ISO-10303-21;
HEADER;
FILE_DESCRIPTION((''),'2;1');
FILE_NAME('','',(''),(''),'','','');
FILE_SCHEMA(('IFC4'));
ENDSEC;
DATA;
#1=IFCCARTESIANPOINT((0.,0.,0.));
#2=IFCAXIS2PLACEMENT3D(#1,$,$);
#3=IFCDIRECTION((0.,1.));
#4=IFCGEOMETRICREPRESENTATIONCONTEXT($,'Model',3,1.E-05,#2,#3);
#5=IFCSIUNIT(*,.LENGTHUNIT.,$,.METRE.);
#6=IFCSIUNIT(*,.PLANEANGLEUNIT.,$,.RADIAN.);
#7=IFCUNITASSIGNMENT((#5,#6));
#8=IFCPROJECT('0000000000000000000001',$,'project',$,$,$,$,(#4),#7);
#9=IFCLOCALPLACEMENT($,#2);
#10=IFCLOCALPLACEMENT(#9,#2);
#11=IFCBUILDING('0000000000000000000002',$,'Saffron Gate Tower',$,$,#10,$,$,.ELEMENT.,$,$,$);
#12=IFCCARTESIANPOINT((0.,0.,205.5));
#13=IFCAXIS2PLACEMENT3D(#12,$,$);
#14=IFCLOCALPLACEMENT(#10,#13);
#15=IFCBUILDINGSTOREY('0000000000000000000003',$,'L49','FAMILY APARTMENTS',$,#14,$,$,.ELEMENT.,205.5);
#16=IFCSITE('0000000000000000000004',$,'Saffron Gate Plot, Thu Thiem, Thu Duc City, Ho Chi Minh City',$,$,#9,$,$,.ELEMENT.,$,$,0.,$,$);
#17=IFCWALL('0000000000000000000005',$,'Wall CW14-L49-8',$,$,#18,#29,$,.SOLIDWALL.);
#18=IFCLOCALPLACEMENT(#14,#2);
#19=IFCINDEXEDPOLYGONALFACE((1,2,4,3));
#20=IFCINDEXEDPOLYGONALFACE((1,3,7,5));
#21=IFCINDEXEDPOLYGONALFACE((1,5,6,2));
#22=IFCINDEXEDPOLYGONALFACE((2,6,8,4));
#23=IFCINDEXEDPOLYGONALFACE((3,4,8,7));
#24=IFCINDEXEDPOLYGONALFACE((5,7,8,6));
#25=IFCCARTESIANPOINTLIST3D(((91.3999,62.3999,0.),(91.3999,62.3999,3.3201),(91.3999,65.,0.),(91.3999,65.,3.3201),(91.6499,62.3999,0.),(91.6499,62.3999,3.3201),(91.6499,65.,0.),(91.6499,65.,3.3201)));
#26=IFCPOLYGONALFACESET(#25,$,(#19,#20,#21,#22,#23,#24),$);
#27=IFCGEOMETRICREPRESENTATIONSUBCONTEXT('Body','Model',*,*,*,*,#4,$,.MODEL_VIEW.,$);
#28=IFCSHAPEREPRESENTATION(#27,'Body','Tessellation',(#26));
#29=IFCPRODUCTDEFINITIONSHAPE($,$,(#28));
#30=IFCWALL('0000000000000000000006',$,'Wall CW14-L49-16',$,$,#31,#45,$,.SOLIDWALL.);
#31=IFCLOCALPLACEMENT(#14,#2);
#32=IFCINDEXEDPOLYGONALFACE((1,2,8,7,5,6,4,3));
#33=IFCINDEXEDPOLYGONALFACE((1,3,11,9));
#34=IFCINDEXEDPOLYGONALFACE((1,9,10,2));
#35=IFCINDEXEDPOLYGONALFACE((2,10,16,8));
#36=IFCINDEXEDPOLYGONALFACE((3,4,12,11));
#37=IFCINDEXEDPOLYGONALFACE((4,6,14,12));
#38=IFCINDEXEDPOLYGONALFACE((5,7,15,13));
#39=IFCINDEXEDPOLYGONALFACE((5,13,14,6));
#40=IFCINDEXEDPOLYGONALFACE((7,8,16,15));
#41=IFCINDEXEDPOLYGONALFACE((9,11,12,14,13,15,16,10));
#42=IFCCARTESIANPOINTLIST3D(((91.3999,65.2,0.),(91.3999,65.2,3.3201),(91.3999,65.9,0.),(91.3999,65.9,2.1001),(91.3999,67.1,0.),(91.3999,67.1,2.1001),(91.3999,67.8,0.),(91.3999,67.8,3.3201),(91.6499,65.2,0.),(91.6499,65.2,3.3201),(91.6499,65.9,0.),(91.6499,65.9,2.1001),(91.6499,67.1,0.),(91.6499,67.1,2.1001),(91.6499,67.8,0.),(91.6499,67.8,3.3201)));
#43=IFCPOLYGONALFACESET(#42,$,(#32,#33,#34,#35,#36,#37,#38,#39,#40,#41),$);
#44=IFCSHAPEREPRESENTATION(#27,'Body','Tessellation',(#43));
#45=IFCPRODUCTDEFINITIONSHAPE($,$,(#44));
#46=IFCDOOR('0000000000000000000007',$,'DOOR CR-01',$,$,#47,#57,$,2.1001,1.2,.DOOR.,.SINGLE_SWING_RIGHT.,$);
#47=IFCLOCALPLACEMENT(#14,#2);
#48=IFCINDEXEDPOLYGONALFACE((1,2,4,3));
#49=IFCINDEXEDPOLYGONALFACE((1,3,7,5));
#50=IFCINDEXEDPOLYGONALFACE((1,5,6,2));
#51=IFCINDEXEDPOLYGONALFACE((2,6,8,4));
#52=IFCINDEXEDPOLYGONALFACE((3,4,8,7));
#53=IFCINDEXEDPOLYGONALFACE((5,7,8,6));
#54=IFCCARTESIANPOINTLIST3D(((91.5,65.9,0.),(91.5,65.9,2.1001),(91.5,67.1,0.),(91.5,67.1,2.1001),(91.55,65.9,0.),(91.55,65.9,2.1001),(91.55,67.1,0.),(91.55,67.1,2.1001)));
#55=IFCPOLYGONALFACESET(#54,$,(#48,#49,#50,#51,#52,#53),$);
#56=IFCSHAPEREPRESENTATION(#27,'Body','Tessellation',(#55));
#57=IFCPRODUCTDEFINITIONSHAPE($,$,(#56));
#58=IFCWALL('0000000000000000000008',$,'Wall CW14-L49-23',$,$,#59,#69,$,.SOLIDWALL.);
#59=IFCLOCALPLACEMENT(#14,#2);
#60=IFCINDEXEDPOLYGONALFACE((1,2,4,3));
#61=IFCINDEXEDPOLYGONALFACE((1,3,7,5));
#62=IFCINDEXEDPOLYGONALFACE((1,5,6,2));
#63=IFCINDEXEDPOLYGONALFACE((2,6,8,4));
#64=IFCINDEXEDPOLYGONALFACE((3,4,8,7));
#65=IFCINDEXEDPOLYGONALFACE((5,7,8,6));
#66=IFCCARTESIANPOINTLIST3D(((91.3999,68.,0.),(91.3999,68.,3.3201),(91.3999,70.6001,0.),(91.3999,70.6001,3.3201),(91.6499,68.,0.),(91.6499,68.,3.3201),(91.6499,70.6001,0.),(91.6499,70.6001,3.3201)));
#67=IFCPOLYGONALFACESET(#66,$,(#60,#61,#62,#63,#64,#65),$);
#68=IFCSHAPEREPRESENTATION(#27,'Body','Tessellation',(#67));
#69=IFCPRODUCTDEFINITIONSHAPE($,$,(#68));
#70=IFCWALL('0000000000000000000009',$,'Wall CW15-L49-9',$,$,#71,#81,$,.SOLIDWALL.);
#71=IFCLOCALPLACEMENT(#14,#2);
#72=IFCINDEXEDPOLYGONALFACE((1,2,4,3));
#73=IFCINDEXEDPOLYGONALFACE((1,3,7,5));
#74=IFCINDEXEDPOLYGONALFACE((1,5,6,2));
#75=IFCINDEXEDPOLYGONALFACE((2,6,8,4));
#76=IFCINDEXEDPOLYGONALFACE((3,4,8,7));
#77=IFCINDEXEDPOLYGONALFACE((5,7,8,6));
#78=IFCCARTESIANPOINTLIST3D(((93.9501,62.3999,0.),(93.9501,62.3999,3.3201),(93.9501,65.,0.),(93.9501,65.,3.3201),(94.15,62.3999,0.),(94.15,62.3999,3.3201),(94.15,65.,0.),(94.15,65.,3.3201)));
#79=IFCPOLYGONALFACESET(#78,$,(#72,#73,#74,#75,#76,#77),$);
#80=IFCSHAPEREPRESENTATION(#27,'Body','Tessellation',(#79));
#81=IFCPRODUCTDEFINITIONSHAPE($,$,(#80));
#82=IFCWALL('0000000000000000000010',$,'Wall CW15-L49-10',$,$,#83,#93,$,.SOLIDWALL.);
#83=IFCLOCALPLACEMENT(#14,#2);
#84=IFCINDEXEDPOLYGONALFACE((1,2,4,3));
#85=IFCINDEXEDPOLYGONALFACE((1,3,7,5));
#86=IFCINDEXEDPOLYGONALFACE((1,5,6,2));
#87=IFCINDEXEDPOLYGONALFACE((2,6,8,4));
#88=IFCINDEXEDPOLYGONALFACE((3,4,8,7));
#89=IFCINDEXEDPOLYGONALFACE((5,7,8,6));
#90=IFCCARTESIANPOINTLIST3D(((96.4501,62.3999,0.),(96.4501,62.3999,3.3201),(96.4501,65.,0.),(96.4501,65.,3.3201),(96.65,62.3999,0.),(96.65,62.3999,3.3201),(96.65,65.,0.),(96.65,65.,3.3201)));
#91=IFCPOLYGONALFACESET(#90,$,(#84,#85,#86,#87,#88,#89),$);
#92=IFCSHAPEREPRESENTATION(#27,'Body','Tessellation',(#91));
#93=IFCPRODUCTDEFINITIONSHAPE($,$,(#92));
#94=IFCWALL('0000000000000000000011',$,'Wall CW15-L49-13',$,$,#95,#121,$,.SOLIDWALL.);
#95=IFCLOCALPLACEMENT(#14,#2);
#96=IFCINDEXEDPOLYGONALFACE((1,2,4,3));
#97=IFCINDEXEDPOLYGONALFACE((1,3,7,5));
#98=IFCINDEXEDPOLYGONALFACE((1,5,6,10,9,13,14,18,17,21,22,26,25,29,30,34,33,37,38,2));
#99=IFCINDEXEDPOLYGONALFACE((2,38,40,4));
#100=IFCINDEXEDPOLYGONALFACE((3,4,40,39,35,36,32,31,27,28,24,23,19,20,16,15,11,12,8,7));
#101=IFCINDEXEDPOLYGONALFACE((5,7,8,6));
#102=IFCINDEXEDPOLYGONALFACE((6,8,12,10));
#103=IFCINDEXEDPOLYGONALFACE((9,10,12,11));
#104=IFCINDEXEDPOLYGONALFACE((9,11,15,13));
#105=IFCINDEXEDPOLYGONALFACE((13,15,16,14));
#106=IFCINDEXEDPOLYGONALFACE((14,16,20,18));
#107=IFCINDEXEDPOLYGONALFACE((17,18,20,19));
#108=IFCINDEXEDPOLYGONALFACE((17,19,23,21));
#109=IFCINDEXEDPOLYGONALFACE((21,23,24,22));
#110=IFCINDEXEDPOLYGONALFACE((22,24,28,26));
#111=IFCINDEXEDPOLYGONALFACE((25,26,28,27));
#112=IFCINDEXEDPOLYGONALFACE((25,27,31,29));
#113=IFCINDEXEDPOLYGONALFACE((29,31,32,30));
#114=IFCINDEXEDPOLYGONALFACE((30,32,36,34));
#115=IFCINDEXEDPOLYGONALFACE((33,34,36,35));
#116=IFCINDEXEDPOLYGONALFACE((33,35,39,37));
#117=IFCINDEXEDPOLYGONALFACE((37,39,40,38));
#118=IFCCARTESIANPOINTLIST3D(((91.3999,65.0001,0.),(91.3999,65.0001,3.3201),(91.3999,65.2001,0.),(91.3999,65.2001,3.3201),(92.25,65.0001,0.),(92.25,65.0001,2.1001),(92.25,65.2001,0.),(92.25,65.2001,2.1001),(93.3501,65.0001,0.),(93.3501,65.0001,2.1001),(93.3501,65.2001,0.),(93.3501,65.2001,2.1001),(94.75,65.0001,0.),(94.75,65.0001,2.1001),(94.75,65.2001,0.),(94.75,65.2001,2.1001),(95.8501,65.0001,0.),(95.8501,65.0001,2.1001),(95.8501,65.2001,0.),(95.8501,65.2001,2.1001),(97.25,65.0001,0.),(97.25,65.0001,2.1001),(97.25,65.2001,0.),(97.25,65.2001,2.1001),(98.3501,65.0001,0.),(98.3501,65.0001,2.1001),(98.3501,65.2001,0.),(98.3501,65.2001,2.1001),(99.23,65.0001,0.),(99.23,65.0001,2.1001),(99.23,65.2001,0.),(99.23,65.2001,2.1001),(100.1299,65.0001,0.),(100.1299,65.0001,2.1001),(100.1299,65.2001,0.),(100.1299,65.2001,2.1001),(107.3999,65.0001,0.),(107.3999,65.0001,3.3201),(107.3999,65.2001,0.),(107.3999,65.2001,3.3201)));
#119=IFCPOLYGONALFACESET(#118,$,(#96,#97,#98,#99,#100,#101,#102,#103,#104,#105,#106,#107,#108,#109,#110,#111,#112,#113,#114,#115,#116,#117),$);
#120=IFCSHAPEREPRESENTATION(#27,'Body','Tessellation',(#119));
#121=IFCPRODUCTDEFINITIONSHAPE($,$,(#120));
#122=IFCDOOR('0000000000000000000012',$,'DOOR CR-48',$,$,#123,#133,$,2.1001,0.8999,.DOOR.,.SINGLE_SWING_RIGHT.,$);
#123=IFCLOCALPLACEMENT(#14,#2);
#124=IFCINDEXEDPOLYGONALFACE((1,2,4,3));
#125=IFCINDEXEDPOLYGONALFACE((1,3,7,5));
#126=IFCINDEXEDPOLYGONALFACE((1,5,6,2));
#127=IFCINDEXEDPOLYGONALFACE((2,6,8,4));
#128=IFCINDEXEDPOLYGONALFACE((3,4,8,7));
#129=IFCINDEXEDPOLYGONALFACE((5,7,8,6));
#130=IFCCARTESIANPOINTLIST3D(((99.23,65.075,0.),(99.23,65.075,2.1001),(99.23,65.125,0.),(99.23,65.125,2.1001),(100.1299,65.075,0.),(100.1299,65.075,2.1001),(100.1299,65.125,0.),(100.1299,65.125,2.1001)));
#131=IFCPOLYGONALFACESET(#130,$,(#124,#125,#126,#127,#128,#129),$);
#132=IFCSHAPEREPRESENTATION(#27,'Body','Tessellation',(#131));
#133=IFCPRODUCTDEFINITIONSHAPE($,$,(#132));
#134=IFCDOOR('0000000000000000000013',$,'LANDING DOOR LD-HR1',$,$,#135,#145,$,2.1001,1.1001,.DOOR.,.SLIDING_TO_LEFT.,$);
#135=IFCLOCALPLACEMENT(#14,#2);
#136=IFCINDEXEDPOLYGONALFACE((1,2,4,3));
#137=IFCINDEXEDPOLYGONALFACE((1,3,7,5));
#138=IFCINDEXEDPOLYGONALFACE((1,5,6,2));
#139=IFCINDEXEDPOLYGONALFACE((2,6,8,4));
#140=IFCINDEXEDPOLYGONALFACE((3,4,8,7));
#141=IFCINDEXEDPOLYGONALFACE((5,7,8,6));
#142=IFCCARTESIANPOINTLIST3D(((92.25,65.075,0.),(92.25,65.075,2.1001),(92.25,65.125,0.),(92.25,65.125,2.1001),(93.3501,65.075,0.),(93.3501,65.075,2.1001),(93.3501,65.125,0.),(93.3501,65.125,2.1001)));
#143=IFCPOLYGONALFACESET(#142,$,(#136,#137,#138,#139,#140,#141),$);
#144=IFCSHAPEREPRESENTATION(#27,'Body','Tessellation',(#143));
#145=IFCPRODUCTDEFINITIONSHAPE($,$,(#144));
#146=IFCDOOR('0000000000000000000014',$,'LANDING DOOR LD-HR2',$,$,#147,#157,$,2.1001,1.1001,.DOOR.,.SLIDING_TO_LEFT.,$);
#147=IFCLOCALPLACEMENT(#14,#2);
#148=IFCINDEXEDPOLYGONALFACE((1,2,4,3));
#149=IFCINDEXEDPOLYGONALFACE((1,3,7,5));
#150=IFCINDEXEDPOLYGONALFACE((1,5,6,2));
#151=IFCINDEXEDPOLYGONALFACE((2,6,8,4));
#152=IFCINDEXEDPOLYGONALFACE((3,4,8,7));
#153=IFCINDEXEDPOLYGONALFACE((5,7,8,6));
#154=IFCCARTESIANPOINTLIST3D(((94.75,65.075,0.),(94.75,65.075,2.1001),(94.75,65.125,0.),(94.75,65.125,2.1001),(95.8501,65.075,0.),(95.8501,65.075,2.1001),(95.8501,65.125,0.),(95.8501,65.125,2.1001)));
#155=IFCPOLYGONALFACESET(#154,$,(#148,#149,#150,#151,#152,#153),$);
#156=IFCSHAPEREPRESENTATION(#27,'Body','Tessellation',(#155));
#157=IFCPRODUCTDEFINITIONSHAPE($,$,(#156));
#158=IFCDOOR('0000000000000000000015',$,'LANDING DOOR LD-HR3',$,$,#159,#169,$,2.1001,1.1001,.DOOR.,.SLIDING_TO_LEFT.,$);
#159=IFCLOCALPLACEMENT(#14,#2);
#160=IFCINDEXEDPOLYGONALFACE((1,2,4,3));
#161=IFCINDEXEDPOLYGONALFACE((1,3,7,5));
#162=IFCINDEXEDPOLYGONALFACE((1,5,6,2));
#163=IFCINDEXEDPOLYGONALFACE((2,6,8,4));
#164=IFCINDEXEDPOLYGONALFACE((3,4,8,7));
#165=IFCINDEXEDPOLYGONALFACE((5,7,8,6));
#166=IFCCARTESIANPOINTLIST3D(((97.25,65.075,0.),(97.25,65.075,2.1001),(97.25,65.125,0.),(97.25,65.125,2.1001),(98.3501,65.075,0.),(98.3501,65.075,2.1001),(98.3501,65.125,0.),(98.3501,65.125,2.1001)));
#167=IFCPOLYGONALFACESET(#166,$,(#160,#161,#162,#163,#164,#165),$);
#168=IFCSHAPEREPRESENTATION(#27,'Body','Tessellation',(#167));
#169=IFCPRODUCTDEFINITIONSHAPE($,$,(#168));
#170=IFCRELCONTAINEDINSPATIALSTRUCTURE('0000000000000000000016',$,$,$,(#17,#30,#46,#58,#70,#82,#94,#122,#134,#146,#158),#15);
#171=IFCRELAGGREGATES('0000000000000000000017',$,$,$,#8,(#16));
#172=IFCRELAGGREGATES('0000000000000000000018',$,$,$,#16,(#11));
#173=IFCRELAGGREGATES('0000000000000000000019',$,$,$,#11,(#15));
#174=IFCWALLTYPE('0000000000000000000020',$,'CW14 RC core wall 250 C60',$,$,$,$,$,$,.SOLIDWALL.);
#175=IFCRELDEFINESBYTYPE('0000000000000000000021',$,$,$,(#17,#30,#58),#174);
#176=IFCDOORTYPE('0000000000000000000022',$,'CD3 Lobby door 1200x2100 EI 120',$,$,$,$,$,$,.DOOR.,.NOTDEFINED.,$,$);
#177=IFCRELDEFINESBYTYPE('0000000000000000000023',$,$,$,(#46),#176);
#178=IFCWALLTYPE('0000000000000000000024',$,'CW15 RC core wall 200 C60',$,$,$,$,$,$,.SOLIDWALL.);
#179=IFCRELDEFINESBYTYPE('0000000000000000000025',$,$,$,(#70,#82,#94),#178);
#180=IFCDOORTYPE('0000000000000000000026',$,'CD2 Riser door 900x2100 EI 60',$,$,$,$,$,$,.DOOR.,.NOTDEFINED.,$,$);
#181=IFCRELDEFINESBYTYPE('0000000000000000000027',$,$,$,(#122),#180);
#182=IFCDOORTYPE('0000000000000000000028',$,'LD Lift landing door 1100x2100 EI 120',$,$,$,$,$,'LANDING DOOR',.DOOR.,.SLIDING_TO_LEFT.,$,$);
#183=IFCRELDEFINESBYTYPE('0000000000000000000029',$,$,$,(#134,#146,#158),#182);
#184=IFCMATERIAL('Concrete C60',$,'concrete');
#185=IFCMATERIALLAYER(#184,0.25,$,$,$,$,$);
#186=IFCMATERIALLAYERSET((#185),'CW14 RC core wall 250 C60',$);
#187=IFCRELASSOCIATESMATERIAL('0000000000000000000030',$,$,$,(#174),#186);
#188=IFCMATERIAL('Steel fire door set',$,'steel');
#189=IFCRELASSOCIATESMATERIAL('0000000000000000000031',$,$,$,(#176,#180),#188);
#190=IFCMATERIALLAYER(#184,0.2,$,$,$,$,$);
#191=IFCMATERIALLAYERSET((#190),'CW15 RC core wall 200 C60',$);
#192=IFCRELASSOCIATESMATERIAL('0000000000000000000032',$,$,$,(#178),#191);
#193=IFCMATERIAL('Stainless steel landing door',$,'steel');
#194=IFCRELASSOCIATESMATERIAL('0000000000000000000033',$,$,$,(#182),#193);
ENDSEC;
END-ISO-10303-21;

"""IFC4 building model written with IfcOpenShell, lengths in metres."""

from ifc_helpers import new_model, si_unit, direction, frame, frame_2d, origin, place, context, subcontext, project, spatial, rectangle, extrude, material, layer, layer_set, type_object, element, fill, save


model = new_model("IFC4")

# Units and contexts
model_context = context("Model", 3, precision=1e-05, world=origin(), true_north=direction((0.0, 1.0)))
body_context = subcontext(model_context, "Body", "Model", "MODEL_VIEW")
ifc_project = project(units=[si_unit("LENGTHUNIT", "METRE"), si_unit("PLANEANGLEUNIT", "RADIAN")], contexts=[model_context])

# Site, building, storey
site_placement = place(None, origin())
site = spatial("IfcSite", under=ifc_project, at=site_placement, Name="Saffron Gate Plot, Thu Thiem, Thu Duc City, Ho Chi Minh City", CompositionType="ELEMENT", RefElevation=0.0)
building_placement = place(site_placement, origin())
building = spatial("IfcBuilding", under=site, at=building_placement, Name="Saffron Gate Tower", CompositionType="ELEMENT")
storey_placement = place(building_placement, frame((0.0, 0.0, 205.5)))
storey = spatial("IfcBuildingStorey", under=building, at=storey_placement, Name="L49", Description="FAMILY APARTMENTS", CompositionType="ELEMENT", Elevation=205.5)

# Wall
ifc_material_1 = material(Name="Concrete C60", Category="concrete")
ifc_layer_1 = layer(ifc_material_1, 0.25)
ifc_layer_set_1 = layer_set([ifc_layer_1], Name="CW14 RC core wall 250 C60")
wall_type_1 = type_object("IfcWallType", Name="CW14 RC core wall 250 C60", PredefinedType="SOLIDWALL", material=ifc_layer_set_1)
wall_1_placement = place(storey_placement, frame((91.5249, 62.3999, 0.0), z_axis=(0.0, 0.0, 1.0), x_axis=(0.0, 1.0, 0.0)))
element("IfcWall", 1, at=wall_1_placement, inside=storey, type_object=wall_type_1, Name="Wall CW14-L49-8", PredefinedType="SOLIDWALL", context=body_context, shape_type="SweptSolid", body=[
    extrude(rectangle(XDim=2.6001, YDim=0.25, at=frame_2d((1.3, 0.0))), origin(), (0.0, 0.0, 1.0), 3.3201),
])

# Wall, opening, door
wall_2_placement = place(storey_placement, frame((91.5249, 65.2, 0.0), z_axis=(0.0, 0.0, 1.0), x_axis=(0.0, 1.0, 0.0)))
wall_2 = element("IfcWall", 2, at=wall_2_placement, inside=storey, type_object=wall_type_1, Name="Wall CW14-L49-16", PredefinedType="SOLIDWALL", context=body_context, shape_type="SweptSolid", body=[
    extrude(rectangle(XDim=2.6001, YDim=0.25, at=frame_2d((1.3, 0.0))), origin(), (0.0, 0.0, 1.0), 3.3201),
])
opening_1_placement = place(wall_2_placement, frame((0.7, 0.0, 0.0)))
opening_1 = element("IfcOpeningElement", 3, at=opening_1_placement, cuts=wall_2, PredefinedType="OPENING", context=body_context, shape_type="SweptSolid", body=[
    extrude(rectangle(XDim=1.2, YDim=2.1001, at=frame_2d((0.6001, 1.05))), frame((0.0, 0.135, 0.0), z_axis=(0.0, -1.0, 0.0), x_axis=(1.0, 0.0, 0.0)), (0.0, 0.0, 1.0), 0.27),
])
ifc_material_2 = material(Name="Steel fire door set", Category="steel")
door_type_1 = type_object("IfcDoorType", Name="CD3 Lobby door 1200x2100 EI 120", OperationType="NOTDEFINED", PredefinedType="DOOR", material=ifc_material_2)
door_1_placement = place(opening_1_placement, origin())
door_1 = element("IfcDoor", 4, at=door_1_placement, inside=storey, type_object=door_type_1, Name="DOOR CR-01", OperationType="SINGLE_SWING_RIGHT", OverallHeight=2.1001, OverallWidth=1.2, PredefinedType="DOOR", context=body_context, shape_type="SweptSolid", body=[
    extrude(rectangle(XDim=1.2, YDim=2.1001, at=frame_2d((0.6001, 1.05))), frame((0.0, 0.0249, 0.0), z_axis=(0.0, -1.0, 0.0), x_axis=(1.0, 0.0, 0.0)), (0.0, 0.0, 1.0), 0.05),
])
fill(opening_1, door_1)

# Walls
wall_3_placement = place(storey_placement, frame((91.5249, 68.0, 0.0), z_axis=(0.0, 0.0, 1.0), x_axis=(0.0, 1.0, 0.0)))
element("IfcWall", 5, at=wall_3_placement, inside=storey, type_object=wall_type_1, Name="Wall CW14-L49-23", PredefinedType="SOLIDWALL", context=body_context, shape_type="SweptSolid", body=[
    extrude(rectangle(XDim=2.6001, YDim=0.25, at=frame_2d((1.3, 0.0))), origin(), (0.0, 0.0, 1.0), 3.3201),
])
ifc_layer_2 = layer(ifc_material_1, 0.2)
ifc_layer_set_2 = layer_set([ifc_layer_2], Name="CW15 RC core wall 200 C60")
wall_type_2 = type_object("IfcWallType", Name="CW15 RC core wall 200 C60", PredefinedType="SOLIDWALL", material=ifc_layer_set_2)
for number, where, z_axis, x_axis, name in (
    (6, (94.05, 62.3999, 0.0), (0.0, 0.0, 1.0), (0.0, 1.0, 0.0), "Wall CW15-L49-9"),
    (7, (96.55, 62.3999, 0.0), (0.0, 0.0, 1.0), (0.0, 1.0, 0.0), "Wall CW15-L49-10"),
):
    element("IfcWall", number, at=place(storey_placement, frame(where, z_axis=z_axis, x_axis=x_axis)), inside=storey, type_object=wall_type_2, Name=name, PredefinedType="SOLIDWALL", context=body_context, shape_type="SweptSolid", body=[
        extrude(rectangle(XDim=2.6001, YDim=0.2, at=frame_2d((1.3, 0.0))), origin(), (0.0, 0.0, 1.0), 3.3201),
    ])

# Wall, openings, doors
wall_4_placement = place(storey_placement, frame((91.3999, 65.1001, 0.0), z_axis=(0.0, 0.0, 1.0), x_axis=(1.0, 0.0, 0.0)))
wall_4 = element("IfcWall", 8, at=wall_4_placement, inside=storey, type_object=wall_type_2, Name="Wall CW15-L49-13", PredefinedType="SOLIDWALL", context=body_context, shape_type="SweptSolid", body=[
    extrude(rectangle(XDim=16.0, YDim=0.2, at=frame_2d((8.0, 0.0))), origin(), (0.0, 0.0, 1.0), 3.3201),
])
opening_2_placement = place(wall_4_placement, frame((0.8501, 0.0, 0.0)))
opening_2 = element("IfcOpeningElement", 9, at=opening_2_placement, cuts=wall_4, PredefinedType="OPENING", context=body_context, shape_type="SweptSolid", body=[
    extrude(rectangle(XDim=1.1001, YDim=2.1001, at=frame_2d((0.55, 1.05))), frame((0.0, 0.1099, 0.0), z_axis=(0.0, -1.0, 0.0), x_axis=(1.0, 0.0, 0.0)), (0.0, 0.0, 1.0), 0.22),
])
opening_3_placement = place(wall_4_placement, frame((3.3501, 0.0, 0.0)))
opening_3 = element("IfcOpeningElement", 10, at=opening_3_placement, cuts=wall_4, PredefinedType="OPENING", context=body_context, shape_type="SweptSolid", body=[
    extrude(rectangle(XDim=1.1001, YDim=2.1001, at=frame_2d((0.55, 1.05))), frame((0.0, 0.1099, 0.0), z_axis=(0.0, -1.0, 0.0), x_axis=(1.0, 0.0, 0.0)), (0.0, 0.0, 1.0), 0.22),
])
opening_4_placement = place(wall_4_placement, frame((5.8501, 0.0, 0.0)))
opening_4 = element("IfcOpeningElement", 11, at=opening_4_placement, cuts=wall_4, PredefinedType="OPENING", context=body_context, shape_type="SweptSolid", body=[
    extrude(rectangle(XDim=1.1001, YDim=2.1001, at=frame_2d((0.55, 1.05))), frame((0.0, 0.1099, 0.0), z_axis=(0.0, -1.0, 0.0), x_axis=(1.0, 0.0, 0.0)), (0.0, 0.0, 1.0), 0.22),
])
opening_5_placement = place(wall_4_placement, frame((7.8301, 0.0, 0.0)))
opening_5 = element("IfcOpeningElement", 12, at=opening_5_placement, cuts=wall_4, PredefinedType="OPENING", context=body_context, shape_type="SweptSolid", body=[
    extrude(rectangle(XDim=0.8999, YDim=2.1001, at=frame_2d((0.45, 1.05))), frame((0.0, 0.1099, 0.0), z_axis=(0.0, -1.0, 0.0), x_axis=(1.0, 0.0, 0.0)), (0.0, 0.0, 1.0), 0.22),
])
door_type_2 = type_object("IfcDoorType", Name="CD2 Riser door 900x2100 EI 60", OperationType="NOTDEFINED", PredefinedType="DOOR", material=ifc_material_2)
door_2_placement = place(opening_5_placement, origin())
door_2 = element("IfcDoor", 13, at=door_2_placement, inside=storey, type_object=door_type_2, Name="DOOR CR-48", OperationType="SINGLE_SWING_RIGHT", OverallHeight=2.1001, OverallWidth=0.8999, PredefinedType="DOOR", context=body_context, shape_type="SweptSolid", body=[
    extrude(rectangle(XDim=0.8999, YDim=2.1001, at=frame_2d((0.45, 1.05))), frame((0.0, 0.0249, 0.0), z_axis=(0.0, -1.0, 0.0), x_axis=(1.0, 0.0, 0.0)), (0.0, 0.0, 1.0), 0.05),
])
fill(opening_5, door_2)
ifc_material_3 = material(Name="Stainless steel landing door", Category="steel")
door_type_3 = type_object("IfcDoorType", Name="LD Lift landing door 1100x2100 EI 120", ElementType="LANDING DOOR", OperationType="SLIDING_TO_LEFT", PredefinedType="DOOR", material=ifc_material_3)
door_3_placement = place(opening_2_placement, origin())
door_3 = element("IfcDoor", 14, at=door_3_placement, inside=storey, type_object=door_type_3, Name="LANDING DOOR LD-HR1", OperationType="SLIDING_TO_LEFT", OverallHeight=2.1001, OverallWidth=1.1001, PredefinedType="DOOR", context=body_context, shape_type="SweptSolid", body=[
    extrude(rectangle(XDim=1.1001, YDim=2.1001, at=frame_2d((0.55, 1.05))), frame((0.0, 0.0249, 0.0), z_axis=(0.0, -1.0, 0.0), x_axis=(1.0, 0.0, 0.0)), (0.0, 0.0, 1.0), 0.05),
])
fill(opening_2, door_3)
door_4_placement = place(opening_3_placement, origin())
door_4 = element("IfcDoor", 15, at=door_4_placement, inside=storey, type_object=door_type_3, Name="LANDING DOOR LD-HR2", OperationType="SLIDING_TO_LEFT", OverallHeight=2.1001, OverallWidth=1.1001, PredefinedType="DOOR", context=body_context, shape_type="SweptSolid", body=[
    extrude(rectangle(XDim=1.1001, YDim=2.1001, at=frame_2d((0.55, 1.05))), frame((0.0, 0.0249, 0.0), z_axis=(0.0, -1.0, 0.0), x_axis=(1.0, 0.0, 0.0)), (0.0, 0.0, 1.0), 0.05),
])
fill(opening_3, door_4)
door_5_placement = place(opening_4_placement, origin())
door_5 = element("IfcDoor", 16, at=door_5_placement, inside=storey, type_object=door_type_3, Name="LANDING DOOR LD-HR3", OperationType="SLIDING_TO_LEFT", OverallHeight=2.1001, OverallWidth=1.1001, PredefinedType="DOOR", context=body_context, shape_type="SweptSolid", body=[
    extrude(rectangle(XDim=1.1001, YDim=2.1001, at=frame_2d((0.55, 1.05))), frame((0.0, 0.0249, 0.0), z_axis=(0.0, -1.0, 0.0), x_axis=(1.0, 0.0, 0.0)), (0.0, 0.0, 1.0), 0.05),
])
fill(opening_4, door_5)

save(model, "model.ifc")
